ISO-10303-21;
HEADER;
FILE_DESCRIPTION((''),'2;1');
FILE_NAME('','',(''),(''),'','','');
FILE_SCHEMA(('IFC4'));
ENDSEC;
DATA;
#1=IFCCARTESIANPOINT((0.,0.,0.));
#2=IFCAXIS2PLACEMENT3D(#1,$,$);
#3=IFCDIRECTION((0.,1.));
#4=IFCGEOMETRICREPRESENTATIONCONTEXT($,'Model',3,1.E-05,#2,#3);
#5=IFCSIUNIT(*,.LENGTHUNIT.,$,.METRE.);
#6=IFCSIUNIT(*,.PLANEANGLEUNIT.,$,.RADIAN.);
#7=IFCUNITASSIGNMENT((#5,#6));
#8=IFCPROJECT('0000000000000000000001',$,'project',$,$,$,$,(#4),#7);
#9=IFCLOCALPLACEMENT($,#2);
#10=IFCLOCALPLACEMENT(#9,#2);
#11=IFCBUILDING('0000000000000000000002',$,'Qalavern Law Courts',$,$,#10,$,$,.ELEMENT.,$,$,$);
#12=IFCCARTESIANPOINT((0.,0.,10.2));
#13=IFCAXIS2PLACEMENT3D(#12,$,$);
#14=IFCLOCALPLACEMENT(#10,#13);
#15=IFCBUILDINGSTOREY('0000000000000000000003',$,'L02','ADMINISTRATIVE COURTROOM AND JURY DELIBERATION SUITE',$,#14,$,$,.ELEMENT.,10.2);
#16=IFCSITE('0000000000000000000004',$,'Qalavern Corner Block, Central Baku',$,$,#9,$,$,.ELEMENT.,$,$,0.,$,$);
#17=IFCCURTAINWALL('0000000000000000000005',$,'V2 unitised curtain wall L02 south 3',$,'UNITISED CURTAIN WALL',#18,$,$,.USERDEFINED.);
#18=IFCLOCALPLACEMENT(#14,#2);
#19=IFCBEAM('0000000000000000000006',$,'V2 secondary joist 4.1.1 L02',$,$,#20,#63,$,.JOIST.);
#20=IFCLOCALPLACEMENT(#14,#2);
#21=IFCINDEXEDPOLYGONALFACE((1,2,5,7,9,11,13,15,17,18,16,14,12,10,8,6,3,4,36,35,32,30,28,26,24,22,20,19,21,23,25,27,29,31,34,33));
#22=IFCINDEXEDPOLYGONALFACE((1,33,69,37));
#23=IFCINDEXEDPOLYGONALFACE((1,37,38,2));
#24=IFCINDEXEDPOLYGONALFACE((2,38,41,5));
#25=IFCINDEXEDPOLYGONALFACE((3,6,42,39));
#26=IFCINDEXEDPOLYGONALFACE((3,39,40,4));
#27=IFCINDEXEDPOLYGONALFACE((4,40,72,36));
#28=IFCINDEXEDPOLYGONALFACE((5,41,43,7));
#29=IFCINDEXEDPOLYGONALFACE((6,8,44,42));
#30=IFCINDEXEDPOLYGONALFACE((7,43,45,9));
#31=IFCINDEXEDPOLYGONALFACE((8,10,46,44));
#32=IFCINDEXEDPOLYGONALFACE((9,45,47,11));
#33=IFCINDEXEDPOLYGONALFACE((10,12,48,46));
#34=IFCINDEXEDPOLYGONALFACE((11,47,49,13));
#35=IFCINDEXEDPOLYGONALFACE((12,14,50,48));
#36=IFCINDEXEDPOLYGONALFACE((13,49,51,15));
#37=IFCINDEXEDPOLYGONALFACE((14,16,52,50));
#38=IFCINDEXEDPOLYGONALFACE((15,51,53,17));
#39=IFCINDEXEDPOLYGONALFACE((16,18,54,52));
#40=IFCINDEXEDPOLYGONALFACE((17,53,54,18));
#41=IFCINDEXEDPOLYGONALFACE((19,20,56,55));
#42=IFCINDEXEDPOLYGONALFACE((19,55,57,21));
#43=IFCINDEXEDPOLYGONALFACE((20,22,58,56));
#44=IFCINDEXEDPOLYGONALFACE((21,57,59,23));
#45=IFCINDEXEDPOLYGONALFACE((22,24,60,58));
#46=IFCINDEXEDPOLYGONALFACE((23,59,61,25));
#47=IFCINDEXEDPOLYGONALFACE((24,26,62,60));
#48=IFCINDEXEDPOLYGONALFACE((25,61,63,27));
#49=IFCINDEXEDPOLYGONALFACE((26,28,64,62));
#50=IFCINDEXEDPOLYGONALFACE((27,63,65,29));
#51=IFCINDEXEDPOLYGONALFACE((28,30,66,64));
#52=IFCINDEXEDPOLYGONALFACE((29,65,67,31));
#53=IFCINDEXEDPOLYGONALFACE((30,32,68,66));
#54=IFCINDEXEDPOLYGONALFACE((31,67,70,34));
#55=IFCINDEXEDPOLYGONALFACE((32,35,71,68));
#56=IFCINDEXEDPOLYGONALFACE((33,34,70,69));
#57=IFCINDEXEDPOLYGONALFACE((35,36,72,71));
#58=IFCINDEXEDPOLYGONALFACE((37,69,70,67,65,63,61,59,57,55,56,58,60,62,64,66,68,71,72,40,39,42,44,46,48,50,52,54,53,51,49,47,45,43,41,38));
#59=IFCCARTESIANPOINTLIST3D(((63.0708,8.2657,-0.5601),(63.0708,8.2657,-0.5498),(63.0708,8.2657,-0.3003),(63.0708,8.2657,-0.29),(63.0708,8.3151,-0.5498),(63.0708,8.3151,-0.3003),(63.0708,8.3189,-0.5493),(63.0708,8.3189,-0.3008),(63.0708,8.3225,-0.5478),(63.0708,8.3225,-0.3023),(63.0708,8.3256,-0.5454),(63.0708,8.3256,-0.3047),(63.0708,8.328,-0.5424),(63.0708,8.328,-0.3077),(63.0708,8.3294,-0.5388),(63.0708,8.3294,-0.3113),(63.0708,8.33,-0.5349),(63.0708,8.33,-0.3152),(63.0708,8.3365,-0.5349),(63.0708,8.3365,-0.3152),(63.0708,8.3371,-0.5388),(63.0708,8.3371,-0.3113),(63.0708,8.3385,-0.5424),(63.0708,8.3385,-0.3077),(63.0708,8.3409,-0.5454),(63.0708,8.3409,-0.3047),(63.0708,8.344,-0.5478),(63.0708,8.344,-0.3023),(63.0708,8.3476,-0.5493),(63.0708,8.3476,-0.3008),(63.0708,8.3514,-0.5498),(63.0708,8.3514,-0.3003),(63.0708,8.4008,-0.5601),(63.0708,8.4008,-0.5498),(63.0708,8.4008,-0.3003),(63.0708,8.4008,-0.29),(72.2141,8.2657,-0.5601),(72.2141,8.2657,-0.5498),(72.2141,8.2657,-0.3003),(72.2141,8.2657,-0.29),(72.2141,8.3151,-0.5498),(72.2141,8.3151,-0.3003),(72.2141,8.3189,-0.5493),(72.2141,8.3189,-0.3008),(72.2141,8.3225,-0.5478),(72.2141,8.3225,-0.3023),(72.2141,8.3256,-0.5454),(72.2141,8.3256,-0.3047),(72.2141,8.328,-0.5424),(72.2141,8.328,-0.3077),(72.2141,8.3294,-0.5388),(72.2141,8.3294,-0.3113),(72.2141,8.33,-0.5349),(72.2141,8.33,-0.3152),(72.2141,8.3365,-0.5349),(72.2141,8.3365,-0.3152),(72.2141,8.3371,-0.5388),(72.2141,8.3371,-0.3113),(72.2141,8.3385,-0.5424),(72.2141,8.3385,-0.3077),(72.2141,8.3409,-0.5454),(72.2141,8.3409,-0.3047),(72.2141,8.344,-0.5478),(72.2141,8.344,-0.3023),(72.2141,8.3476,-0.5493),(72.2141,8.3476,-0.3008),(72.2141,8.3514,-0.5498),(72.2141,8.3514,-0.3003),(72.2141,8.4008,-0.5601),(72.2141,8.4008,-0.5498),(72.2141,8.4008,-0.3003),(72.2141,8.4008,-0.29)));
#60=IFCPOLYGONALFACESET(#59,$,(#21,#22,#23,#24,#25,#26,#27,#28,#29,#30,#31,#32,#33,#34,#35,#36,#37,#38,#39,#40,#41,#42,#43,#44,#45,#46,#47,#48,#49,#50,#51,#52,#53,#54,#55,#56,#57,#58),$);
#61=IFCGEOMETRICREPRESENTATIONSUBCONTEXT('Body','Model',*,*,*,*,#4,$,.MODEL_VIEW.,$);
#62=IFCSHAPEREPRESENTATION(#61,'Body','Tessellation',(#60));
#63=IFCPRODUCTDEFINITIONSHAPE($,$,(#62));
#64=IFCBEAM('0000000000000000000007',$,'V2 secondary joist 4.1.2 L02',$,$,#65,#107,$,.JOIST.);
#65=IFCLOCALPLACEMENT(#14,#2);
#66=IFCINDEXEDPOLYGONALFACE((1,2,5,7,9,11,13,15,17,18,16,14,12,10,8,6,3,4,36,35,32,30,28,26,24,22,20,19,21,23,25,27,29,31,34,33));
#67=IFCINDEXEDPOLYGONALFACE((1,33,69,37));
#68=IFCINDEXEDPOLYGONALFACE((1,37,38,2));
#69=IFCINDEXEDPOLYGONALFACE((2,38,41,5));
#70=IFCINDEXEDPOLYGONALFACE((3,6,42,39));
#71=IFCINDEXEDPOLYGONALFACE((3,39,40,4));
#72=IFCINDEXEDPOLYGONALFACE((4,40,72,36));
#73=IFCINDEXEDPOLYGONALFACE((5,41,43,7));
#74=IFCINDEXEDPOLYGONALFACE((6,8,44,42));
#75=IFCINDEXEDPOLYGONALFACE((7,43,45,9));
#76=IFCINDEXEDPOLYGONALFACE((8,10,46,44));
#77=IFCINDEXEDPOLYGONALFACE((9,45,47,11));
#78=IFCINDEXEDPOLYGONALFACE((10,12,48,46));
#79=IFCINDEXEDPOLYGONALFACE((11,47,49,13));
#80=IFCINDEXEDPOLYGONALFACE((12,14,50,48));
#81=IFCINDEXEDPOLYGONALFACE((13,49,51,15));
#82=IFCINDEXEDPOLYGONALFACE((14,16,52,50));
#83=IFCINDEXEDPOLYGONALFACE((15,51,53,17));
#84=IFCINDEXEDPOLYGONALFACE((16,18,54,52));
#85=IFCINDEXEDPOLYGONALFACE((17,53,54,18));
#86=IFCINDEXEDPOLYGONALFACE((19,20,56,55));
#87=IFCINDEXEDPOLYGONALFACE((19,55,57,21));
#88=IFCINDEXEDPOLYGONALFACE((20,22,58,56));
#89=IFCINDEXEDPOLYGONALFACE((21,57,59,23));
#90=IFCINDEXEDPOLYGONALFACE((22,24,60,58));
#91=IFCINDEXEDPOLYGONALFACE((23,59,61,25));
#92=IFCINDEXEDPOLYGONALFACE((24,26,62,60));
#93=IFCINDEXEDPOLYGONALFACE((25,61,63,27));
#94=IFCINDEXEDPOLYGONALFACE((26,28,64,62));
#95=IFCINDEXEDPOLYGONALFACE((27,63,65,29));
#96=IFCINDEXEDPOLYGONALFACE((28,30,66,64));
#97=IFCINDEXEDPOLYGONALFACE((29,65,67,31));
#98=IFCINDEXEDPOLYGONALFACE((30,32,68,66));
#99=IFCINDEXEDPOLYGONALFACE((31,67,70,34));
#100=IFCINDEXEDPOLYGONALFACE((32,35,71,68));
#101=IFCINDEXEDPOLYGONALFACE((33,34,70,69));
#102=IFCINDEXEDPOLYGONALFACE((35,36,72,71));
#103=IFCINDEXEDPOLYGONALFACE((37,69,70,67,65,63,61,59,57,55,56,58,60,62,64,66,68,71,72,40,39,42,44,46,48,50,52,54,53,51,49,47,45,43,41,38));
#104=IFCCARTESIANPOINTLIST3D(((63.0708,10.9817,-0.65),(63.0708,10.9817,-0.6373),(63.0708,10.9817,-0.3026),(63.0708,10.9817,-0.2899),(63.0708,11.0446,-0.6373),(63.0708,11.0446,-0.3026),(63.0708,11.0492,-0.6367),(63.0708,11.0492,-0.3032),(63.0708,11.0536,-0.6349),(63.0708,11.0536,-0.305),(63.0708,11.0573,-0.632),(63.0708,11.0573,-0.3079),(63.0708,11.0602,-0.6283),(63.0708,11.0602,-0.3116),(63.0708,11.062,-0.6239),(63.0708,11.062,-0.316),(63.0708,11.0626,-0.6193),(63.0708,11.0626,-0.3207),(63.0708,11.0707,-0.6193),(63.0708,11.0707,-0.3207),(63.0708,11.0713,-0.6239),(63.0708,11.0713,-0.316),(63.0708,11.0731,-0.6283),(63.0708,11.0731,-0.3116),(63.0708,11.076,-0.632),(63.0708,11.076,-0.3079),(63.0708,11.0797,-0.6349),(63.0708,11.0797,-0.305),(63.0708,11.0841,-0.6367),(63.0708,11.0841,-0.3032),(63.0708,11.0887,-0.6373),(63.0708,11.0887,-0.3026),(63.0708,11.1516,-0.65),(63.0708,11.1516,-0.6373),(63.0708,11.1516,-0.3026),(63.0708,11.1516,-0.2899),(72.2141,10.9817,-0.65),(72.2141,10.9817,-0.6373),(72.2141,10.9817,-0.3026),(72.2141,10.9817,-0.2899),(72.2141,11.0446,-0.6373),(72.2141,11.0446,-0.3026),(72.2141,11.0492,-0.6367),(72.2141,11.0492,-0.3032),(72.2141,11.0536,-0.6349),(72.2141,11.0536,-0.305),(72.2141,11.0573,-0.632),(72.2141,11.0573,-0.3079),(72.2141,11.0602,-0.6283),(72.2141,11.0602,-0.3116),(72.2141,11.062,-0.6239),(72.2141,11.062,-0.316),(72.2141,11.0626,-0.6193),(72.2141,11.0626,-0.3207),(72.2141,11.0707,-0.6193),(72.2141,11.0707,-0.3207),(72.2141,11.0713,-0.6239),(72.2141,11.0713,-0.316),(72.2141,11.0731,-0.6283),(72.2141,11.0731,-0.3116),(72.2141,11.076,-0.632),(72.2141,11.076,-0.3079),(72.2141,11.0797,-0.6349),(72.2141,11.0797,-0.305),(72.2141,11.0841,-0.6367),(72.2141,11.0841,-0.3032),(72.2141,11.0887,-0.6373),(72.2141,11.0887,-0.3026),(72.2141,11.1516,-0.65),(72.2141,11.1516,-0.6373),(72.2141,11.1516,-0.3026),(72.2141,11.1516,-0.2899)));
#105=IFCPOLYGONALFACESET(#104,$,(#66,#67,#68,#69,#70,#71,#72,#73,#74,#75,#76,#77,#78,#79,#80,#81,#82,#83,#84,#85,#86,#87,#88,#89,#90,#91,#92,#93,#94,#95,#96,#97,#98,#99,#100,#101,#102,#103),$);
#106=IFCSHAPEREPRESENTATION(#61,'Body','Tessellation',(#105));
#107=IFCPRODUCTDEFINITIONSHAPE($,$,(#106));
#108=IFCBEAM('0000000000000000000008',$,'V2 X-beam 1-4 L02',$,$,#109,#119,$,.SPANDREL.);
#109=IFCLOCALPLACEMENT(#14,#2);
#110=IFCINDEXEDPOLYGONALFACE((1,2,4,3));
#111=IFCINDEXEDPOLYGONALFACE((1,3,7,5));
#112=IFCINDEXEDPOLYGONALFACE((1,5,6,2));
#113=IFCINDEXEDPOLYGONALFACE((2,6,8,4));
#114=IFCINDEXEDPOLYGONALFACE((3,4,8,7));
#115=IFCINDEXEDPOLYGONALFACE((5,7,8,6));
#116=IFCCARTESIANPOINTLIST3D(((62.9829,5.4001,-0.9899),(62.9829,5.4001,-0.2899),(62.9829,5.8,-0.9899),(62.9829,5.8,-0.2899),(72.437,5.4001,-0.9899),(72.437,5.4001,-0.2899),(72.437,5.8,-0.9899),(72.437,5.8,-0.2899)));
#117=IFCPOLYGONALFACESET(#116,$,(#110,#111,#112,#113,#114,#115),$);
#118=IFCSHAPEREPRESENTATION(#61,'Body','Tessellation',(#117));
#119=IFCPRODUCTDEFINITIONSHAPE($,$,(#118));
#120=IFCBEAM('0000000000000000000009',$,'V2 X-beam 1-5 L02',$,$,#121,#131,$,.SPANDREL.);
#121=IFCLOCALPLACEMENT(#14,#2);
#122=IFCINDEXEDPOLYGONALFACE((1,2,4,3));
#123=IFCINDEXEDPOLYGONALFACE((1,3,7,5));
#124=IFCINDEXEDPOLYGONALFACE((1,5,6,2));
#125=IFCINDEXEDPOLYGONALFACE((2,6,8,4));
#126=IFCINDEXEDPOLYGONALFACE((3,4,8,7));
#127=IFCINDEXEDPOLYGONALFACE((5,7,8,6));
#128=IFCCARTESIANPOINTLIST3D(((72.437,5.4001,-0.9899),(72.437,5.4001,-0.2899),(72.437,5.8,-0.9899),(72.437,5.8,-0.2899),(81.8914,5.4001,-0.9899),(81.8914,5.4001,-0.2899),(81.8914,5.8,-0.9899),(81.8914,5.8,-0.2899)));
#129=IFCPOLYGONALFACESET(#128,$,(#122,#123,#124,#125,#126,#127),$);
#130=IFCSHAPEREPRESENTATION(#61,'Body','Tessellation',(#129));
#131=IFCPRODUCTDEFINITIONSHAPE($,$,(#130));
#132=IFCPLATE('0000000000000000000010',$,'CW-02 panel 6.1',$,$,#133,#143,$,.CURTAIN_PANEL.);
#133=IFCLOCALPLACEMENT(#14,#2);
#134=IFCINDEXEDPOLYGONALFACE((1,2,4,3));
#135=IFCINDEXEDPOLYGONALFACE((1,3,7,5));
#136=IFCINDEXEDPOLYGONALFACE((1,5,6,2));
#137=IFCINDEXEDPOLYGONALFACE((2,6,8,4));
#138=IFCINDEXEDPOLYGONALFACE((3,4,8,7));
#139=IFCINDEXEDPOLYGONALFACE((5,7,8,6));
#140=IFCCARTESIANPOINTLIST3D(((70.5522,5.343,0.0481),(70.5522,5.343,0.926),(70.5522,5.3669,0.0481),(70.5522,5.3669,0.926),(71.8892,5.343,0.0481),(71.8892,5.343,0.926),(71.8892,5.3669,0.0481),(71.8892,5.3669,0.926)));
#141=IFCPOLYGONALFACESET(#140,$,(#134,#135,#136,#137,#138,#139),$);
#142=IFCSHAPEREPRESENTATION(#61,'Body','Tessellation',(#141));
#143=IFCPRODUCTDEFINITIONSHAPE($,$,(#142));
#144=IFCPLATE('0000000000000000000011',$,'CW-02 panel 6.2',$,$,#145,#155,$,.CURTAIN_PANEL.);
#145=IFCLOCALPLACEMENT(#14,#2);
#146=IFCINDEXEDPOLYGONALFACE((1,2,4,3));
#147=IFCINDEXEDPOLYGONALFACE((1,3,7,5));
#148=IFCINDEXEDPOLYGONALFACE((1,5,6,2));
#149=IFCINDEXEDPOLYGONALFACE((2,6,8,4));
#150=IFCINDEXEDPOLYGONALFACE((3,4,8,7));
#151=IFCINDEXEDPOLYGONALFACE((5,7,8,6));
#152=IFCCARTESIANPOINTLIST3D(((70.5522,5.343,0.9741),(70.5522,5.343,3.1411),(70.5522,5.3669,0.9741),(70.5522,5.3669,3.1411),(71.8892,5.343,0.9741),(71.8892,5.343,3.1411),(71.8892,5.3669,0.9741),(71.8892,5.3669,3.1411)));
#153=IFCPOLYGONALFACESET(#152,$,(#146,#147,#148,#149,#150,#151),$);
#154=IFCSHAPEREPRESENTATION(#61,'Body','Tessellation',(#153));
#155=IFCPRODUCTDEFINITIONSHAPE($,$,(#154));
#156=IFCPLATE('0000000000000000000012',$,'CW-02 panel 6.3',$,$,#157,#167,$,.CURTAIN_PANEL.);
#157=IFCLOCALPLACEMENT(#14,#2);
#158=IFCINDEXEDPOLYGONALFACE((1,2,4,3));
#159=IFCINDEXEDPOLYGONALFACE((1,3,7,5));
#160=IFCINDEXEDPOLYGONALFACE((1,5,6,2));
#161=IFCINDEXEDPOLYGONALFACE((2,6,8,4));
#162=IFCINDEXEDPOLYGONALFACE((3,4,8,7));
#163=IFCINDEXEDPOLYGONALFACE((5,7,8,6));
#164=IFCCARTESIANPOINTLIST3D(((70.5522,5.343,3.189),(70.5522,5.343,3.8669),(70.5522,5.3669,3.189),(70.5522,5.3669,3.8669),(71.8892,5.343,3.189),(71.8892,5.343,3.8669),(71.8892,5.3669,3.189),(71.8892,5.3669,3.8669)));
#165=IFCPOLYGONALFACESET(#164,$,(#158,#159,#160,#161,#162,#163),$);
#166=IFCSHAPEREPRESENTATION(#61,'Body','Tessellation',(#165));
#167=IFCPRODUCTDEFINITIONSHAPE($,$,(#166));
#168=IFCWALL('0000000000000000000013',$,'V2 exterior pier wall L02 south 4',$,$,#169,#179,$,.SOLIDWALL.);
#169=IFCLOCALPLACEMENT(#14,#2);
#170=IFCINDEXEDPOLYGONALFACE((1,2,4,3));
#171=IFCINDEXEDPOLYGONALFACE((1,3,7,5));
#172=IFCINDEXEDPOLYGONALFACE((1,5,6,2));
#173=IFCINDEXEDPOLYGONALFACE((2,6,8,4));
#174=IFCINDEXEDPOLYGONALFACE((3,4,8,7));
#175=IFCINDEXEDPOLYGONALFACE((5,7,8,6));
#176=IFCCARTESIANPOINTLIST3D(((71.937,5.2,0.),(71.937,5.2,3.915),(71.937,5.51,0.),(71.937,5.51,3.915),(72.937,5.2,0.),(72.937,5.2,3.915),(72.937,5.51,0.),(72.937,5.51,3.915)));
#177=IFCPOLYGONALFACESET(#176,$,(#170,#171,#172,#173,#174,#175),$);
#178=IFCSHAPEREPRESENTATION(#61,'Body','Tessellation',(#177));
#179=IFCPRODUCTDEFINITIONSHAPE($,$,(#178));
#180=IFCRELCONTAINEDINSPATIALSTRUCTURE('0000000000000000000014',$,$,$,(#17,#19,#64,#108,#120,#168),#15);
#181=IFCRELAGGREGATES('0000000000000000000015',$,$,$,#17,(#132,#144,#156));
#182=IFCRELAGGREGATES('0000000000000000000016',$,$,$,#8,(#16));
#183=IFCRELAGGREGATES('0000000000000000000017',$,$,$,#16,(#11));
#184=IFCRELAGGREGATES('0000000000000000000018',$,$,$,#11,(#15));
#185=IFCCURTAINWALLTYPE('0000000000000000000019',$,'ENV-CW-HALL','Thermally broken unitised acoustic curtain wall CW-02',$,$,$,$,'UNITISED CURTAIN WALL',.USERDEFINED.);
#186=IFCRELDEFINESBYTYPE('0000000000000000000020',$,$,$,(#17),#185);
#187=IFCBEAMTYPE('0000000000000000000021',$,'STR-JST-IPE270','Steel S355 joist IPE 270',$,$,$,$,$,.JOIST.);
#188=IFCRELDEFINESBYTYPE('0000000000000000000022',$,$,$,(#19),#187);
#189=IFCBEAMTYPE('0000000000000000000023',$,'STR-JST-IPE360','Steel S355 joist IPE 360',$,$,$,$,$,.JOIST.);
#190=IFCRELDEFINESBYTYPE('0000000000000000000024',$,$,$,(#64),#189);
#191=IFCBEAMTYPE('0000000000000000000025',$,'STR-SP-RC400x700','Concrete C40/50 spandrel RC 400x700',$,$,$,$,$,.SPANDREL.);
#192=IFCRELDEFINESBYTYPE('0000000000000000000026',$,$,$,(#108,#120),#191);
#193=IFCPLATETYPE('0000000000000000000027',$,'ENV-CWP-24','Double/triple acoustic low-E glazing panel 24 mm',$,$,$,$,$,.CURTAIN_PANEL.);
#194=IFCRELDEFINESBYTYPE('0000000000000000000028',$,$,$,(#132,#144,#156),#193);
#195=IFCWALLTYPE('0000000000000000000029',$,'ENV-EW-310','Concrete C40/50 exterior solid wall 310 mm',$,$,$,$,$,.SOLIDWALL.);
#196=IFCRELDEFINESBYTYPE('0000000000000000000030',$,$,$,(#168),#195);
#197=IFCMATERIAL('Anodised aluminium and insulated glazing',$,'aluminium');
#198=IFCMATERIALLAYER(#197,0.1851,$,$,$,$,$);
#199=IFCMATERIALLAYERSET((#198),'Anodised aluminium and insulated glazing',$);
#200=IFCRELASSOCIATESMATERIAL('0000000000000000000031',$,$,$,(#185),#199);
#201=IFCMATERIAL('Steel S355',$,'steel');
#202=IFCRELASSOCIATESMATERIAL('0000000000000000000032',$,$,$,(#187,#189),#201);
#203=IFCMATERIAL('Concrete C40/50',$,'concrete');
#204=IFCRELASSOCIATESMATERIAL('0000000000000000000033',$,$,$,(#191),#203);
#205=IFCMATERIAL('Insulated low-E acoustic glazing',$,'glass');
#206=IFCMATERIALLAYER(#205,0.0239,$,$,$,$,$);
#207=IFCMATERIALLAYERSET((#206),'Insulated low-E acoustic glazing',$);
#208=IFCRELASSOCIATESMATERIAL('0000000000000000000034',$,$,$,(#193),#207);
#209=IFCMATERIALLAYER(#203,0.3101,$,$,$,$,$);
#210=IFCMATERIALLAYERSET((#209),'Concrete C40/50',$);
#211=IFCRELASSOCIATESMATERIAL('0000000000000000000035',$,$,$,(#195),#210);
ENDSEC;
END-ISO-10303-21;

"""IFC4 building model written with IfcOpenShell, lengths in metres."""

from ifc_helpers import new_model, si_unit, direction, frame, frame_2d, origin, origin_2d, place, context, subcontext, project, spatial, rectangle, i_section, extrude, material, layer, layer_set, material_profile, profile_set, type_object, element, aggregate, save


model = new_model("IFC4")

# Units and contexts
model_context = context("Model", 3, precision=1e-05, world=origin(), true_north=direction((0.0, 1.0)))
body_context = subcontext(model_context, "Body", "Model", "MODEL_VIEW")
ifc_project = project(units=[si_unit("LENGTHUNIT", "METRE"), si_unit("PLANEANGLEUNIT", "RADIAN")], contexts=[model_context])

# Site, building, storey
site_placement = place(None, origin())
site = spatial("IfcSite", under=ifc_project, at=site_placement, Name="Qalavern Corner Block, Central Baku", CompositionType="ELEMENT", RefElevation=0.0)
building_placement = place(site_placement, origin())
building = spatial("IfcBuilding", under=site, at=building_placement, Name="Qalavern Law Courts", CompositionType="ELEMENT")
storey_placement = place(building_placement, frame((0.0, 0.0, 10.2)))
storey = spatial("IfcBuildingStorey", under=building, at=storey_placement, Name="L02", Description="ADMINISTRATIVE COURTROOM AND JURY DELIBERATION SUITE", CompositionType="ELEMENT", Elevation=10.2)

# Curtain wall
ifc_material_1 = material(Name="Anodised aluminium and insulated glazing", Category="aluminium")
ifc_layer_1 = layer(ifc_material_1, 0.1851)
ifc_layer_set_1 = layer_set([ifc_layer_1], Name="Anodised aluminium and insulated glazing")
curtain_wall_type = type_object("IfcCurtainWallType", Name="ENV-CW-HALL", Description="Thermally broken unitised acoustic curtain wall CW-02", ElementType="UNITISED CURTAIN WALL", PredefinedType="USERDEFINED", material=ifc_layer_set_1)
curtain_wall_placement = place(storey_placement, origin())
curtain_wall = element("IfcCurtainWall", 1, at=curtain_wall_placement, inside=storey, type_object=curtain_wall_type, Name="V2 unitised curtain wall L02 south 3", ObjectType="UNITISED CURTAIN WALL", PredefinedType="USERDEFINED")

# Beams
ifc_material_2 = material(Name="Steel S355", Category="steel")
ifc_material_3 = material(Name="Concrete C40/50", Category="concrete")
ifc_material_profile_1 = material_profile(ifc_material_2, i_section(OverallWidth=0.135, OverallDepth=0.27, WebThickness=0.0066, FlangeThickness=0.0103, FilletRadius=0.0149, at=origin_2d()), Name="IPE 270")
ifc_profile_set_1 = profile_set([ifc_material_profile_1], Name="Steel S355")
beam_type_1 = type_object("IfcBeamType", Name="STR-JST-IPE270", Description="Steel S355 joist IPE 270", PredefinedType="JOIST", material=ifc_profile_set_1)
beam_1_placement = place(storey_placement, frame((63.0708, 8.3333, -0.425), z_axis=(1.0, 0.0, 0.0), x_axis=(0.0, 1.0, 0.0)))
element("IfcBeam", 2, at=beam_1_placement, inside=storey, type_object=beam_type_1, Name="V2 secondary joist 4.1.1 L02", PredefinedType="JOIST", context=body_context, shape_type="SweptSolid", body=[
    extrude(i_section(OverallWidth=0.135, OverallDepth=0.27, WebThickness=0.0066, FlangeThickness=0.0103, FilletRadius=0.0149, at=origin_2d()), origin(), (0.0, 0.0, 1.0), 9.1433),
])
ifc_material_profile_2 = material_profile(ifc_material_2, i_section(OverallWidth=0.1699, OverallDepth=0.3601, WebThickness=0.0081, FlangeThickness=0.0127, FilletRadius=0.0181, at=origin_2d()), Name="IPE 360")
ifc_profile_set_2 = profile_set([ifc_material_profile_2], Name="Steel S355")
beam_type_2 = type_object("IfcBeamType", Name="STR-JST-IPE360", Description="Steel S355 joist IPE 360", PredefinedType="JOIST", material=ifc_profile_set_2)
beam_2_placement = place(storey_placement, frame((63.0708, 11.0667, -0.47), z_axis=(1.0, 0.0, 0.0), x_axis=(0.0, 1.0, 0.0)))
element("IfcBeam", 3, at=beam_2_placement, inside=storey, type_object=beam_type_2, Name="V2 secondary joist 4.1.2 L02", PredefinedType="JOIST", context=body_context, shape_type="SweptSolid", body=[
    extrude(i_section(OverallWidth=0.1699, OverallDepth=0.3601, WebThickness=0.0081, FlangeThickness=0.0127, FilletRadius=0.0181, at=origin_2d()), origin(), (0.0, 0.0, 1.0), 9.1433),
])
ifc_material_profile_3 = material_profile(ifc_material_3, rectangle(XDim=0.3999, YDim=0.7, at=origin_2d()), Name="RC 400x700")
ifc_profile_set_3 = profile_set([ifc_material_profile_3], Name="Concrete C40/50")
beam_type_3 = type_object("IfcBeamType", Name="STR-SP-RC400x700", Description="Concrete C40/50 spandrel RC 400x700", PredefinedType="SPANDREL", material=ifc_profile_set_3)
beam_3_placement = place(storey_placement, frame((62.9829, 5.6001, -0.6399), z_axis=(1.0, 0.0, 0.0), x_axis=(0.0, 1.0, 0.0)))
element("IfcBeam", 4, at=beam_3_placement, inside=storey, type_object=beam_type_3, Name="V2 X-beam 1-4 L02", PredefinedType="SPANDREL", context=body_context, shape_type="SweptSolid", body=[
    extrude(rectangle(XDim=0.3999, YDim=0.7, at=origin_2d()), origin(), (0.0, 0.0, 1.0), 9.4541),
])
beam_4_placement = place(storey_placement, frame((72.437, 5.6001, -0.6399), z_axis=(1.0, 0.0, 0.0), x_axis=(0.0, 1.0, 0.0)))
element("IfcBeam", 5, at=beam_4_placement, inside=storey, type_object=beam_type_3, Name="V2 X-beam 1-5 L02", PredefinedType="SPANDREL", context=body_context, shape_type="SweptSolid", body=[
    extrude(rectangle(XDim=0.3999, YDim=0.7, at=origin_2d()), origin(), (0.0, 0.0, 1.0), 9.4543),
])

# Plates
ifc_material_4 = material(Name="Insulated low-E acoustic glazing", Category="glass")
ifc_layer_2 = layer(ifc_material_4, 0.0239)
ifc_layer_set_2 = layer_set([ifc_layer_2], Name="Insulated low-E acoustic glazing")
plate_type = type_object("IfcPlateType", Name="ENV-CWP-24", Description="Double/triple acoustic low-E glazing panel 24 mm", PredefinedType="CURTAIN_PANEL", material=ifc_layer_set_2)
plate_1_placement = place(storey_placement, frame((71.2207, 5.355, 0.0481), z_axis=(0.0, 0.0, 1.0), x_axis=(1.0, 0.0, 0.0)))
plate_1 = element("IfcPlate", 6, at=plate_1_placement, type_object=plate_type, Name="CW-02 panel 6.1", PredefinedType="CURTAIN_PANEL", context=body_context, shape_type="SweptSolid", body=[
    extrude(rectangle(XDim=1.3369, YDim=0.0239, at=origin_2d()), origin(), (0.0, 0.0, 1.0), 0.8779),
])
plate_2_placement = place(storey_placement, frame((71.2207, 5.355, 0.9741), z_axis=(0.0, 0.0, 1.0), x_axis=(1.0, 0.0, 0.0)))
plate_2 = element("IfcPlate", 7, at=plate_2_placement, type_object=plate_type, Name="CW-02 panel 6.2", PredefinedType="CURTAIN_PANEL", context=body_context, shape_type="SweptSolid", body=[
    extrude(rectangle(XDim=1.3369, YDim=0.0239, at=origin_2d()), origin(), (0.0, 0.0, 1.0), 2.167),
])
plate_3_placement = place(storey_placement, frame((71.2207, 5.355, 3.189), z_axis=(0.0, 0.0, 1.0), x_axis=(1.0, 0.0, 0.0)))
plate_3 = element("IfcPlate", 8, at=plate_3_placement, type_object=plate_type, Name="CW-02 panel 6.3", PredefinedType="CURTAIN_PANEL", context=body_context, shape_type="SweptSolid", body=[
    extrude(rectangle(XDim=1.3369, YDim=0.0239, at=origin_2d()), origin(), (0.0, 0.0, 1.0), 0.678),
])
aggregate(curtain_wall, [plate_1, plate_2, plate_3])

# Wall
ifc_layer_3 = layer(ifc_material_3, 0.3101)
ifc_layer_set_3 = layer_set([ifc_layer_3], Name="Concrete C40/50")
wall_type_1 = type_object("IfcWallType", Name="ENV-EW-310", Description="Concrete C40/50 exterior solid wall 310 mm", PredefinedType="SOLIDWALL", material=ifc_layer_set_3)
wall_1_placement = place(storey_placement, frame((71.937, 5.355, 0.0), z_axis=(0.0, 0.0, 1.0), x_axis=(1.0, 0.0, 0.0)))
element("IfcWall", 9, at=wall_1_placement, inside=storey, type_object=wall_type_1, Name="V2 exterior pier wall L02 south 4", PredefinedType="SOLIDWALL", context=body_context, shape_type="SweptSolid", body=[
    extrude(rectangle(XDim=1.0, YDim=0.3101, at=frame_2d((0.5, 0.0))), origin(), (0.0, 0.0, 1.0), 3.915),
])

save(model, "model.ifc")
